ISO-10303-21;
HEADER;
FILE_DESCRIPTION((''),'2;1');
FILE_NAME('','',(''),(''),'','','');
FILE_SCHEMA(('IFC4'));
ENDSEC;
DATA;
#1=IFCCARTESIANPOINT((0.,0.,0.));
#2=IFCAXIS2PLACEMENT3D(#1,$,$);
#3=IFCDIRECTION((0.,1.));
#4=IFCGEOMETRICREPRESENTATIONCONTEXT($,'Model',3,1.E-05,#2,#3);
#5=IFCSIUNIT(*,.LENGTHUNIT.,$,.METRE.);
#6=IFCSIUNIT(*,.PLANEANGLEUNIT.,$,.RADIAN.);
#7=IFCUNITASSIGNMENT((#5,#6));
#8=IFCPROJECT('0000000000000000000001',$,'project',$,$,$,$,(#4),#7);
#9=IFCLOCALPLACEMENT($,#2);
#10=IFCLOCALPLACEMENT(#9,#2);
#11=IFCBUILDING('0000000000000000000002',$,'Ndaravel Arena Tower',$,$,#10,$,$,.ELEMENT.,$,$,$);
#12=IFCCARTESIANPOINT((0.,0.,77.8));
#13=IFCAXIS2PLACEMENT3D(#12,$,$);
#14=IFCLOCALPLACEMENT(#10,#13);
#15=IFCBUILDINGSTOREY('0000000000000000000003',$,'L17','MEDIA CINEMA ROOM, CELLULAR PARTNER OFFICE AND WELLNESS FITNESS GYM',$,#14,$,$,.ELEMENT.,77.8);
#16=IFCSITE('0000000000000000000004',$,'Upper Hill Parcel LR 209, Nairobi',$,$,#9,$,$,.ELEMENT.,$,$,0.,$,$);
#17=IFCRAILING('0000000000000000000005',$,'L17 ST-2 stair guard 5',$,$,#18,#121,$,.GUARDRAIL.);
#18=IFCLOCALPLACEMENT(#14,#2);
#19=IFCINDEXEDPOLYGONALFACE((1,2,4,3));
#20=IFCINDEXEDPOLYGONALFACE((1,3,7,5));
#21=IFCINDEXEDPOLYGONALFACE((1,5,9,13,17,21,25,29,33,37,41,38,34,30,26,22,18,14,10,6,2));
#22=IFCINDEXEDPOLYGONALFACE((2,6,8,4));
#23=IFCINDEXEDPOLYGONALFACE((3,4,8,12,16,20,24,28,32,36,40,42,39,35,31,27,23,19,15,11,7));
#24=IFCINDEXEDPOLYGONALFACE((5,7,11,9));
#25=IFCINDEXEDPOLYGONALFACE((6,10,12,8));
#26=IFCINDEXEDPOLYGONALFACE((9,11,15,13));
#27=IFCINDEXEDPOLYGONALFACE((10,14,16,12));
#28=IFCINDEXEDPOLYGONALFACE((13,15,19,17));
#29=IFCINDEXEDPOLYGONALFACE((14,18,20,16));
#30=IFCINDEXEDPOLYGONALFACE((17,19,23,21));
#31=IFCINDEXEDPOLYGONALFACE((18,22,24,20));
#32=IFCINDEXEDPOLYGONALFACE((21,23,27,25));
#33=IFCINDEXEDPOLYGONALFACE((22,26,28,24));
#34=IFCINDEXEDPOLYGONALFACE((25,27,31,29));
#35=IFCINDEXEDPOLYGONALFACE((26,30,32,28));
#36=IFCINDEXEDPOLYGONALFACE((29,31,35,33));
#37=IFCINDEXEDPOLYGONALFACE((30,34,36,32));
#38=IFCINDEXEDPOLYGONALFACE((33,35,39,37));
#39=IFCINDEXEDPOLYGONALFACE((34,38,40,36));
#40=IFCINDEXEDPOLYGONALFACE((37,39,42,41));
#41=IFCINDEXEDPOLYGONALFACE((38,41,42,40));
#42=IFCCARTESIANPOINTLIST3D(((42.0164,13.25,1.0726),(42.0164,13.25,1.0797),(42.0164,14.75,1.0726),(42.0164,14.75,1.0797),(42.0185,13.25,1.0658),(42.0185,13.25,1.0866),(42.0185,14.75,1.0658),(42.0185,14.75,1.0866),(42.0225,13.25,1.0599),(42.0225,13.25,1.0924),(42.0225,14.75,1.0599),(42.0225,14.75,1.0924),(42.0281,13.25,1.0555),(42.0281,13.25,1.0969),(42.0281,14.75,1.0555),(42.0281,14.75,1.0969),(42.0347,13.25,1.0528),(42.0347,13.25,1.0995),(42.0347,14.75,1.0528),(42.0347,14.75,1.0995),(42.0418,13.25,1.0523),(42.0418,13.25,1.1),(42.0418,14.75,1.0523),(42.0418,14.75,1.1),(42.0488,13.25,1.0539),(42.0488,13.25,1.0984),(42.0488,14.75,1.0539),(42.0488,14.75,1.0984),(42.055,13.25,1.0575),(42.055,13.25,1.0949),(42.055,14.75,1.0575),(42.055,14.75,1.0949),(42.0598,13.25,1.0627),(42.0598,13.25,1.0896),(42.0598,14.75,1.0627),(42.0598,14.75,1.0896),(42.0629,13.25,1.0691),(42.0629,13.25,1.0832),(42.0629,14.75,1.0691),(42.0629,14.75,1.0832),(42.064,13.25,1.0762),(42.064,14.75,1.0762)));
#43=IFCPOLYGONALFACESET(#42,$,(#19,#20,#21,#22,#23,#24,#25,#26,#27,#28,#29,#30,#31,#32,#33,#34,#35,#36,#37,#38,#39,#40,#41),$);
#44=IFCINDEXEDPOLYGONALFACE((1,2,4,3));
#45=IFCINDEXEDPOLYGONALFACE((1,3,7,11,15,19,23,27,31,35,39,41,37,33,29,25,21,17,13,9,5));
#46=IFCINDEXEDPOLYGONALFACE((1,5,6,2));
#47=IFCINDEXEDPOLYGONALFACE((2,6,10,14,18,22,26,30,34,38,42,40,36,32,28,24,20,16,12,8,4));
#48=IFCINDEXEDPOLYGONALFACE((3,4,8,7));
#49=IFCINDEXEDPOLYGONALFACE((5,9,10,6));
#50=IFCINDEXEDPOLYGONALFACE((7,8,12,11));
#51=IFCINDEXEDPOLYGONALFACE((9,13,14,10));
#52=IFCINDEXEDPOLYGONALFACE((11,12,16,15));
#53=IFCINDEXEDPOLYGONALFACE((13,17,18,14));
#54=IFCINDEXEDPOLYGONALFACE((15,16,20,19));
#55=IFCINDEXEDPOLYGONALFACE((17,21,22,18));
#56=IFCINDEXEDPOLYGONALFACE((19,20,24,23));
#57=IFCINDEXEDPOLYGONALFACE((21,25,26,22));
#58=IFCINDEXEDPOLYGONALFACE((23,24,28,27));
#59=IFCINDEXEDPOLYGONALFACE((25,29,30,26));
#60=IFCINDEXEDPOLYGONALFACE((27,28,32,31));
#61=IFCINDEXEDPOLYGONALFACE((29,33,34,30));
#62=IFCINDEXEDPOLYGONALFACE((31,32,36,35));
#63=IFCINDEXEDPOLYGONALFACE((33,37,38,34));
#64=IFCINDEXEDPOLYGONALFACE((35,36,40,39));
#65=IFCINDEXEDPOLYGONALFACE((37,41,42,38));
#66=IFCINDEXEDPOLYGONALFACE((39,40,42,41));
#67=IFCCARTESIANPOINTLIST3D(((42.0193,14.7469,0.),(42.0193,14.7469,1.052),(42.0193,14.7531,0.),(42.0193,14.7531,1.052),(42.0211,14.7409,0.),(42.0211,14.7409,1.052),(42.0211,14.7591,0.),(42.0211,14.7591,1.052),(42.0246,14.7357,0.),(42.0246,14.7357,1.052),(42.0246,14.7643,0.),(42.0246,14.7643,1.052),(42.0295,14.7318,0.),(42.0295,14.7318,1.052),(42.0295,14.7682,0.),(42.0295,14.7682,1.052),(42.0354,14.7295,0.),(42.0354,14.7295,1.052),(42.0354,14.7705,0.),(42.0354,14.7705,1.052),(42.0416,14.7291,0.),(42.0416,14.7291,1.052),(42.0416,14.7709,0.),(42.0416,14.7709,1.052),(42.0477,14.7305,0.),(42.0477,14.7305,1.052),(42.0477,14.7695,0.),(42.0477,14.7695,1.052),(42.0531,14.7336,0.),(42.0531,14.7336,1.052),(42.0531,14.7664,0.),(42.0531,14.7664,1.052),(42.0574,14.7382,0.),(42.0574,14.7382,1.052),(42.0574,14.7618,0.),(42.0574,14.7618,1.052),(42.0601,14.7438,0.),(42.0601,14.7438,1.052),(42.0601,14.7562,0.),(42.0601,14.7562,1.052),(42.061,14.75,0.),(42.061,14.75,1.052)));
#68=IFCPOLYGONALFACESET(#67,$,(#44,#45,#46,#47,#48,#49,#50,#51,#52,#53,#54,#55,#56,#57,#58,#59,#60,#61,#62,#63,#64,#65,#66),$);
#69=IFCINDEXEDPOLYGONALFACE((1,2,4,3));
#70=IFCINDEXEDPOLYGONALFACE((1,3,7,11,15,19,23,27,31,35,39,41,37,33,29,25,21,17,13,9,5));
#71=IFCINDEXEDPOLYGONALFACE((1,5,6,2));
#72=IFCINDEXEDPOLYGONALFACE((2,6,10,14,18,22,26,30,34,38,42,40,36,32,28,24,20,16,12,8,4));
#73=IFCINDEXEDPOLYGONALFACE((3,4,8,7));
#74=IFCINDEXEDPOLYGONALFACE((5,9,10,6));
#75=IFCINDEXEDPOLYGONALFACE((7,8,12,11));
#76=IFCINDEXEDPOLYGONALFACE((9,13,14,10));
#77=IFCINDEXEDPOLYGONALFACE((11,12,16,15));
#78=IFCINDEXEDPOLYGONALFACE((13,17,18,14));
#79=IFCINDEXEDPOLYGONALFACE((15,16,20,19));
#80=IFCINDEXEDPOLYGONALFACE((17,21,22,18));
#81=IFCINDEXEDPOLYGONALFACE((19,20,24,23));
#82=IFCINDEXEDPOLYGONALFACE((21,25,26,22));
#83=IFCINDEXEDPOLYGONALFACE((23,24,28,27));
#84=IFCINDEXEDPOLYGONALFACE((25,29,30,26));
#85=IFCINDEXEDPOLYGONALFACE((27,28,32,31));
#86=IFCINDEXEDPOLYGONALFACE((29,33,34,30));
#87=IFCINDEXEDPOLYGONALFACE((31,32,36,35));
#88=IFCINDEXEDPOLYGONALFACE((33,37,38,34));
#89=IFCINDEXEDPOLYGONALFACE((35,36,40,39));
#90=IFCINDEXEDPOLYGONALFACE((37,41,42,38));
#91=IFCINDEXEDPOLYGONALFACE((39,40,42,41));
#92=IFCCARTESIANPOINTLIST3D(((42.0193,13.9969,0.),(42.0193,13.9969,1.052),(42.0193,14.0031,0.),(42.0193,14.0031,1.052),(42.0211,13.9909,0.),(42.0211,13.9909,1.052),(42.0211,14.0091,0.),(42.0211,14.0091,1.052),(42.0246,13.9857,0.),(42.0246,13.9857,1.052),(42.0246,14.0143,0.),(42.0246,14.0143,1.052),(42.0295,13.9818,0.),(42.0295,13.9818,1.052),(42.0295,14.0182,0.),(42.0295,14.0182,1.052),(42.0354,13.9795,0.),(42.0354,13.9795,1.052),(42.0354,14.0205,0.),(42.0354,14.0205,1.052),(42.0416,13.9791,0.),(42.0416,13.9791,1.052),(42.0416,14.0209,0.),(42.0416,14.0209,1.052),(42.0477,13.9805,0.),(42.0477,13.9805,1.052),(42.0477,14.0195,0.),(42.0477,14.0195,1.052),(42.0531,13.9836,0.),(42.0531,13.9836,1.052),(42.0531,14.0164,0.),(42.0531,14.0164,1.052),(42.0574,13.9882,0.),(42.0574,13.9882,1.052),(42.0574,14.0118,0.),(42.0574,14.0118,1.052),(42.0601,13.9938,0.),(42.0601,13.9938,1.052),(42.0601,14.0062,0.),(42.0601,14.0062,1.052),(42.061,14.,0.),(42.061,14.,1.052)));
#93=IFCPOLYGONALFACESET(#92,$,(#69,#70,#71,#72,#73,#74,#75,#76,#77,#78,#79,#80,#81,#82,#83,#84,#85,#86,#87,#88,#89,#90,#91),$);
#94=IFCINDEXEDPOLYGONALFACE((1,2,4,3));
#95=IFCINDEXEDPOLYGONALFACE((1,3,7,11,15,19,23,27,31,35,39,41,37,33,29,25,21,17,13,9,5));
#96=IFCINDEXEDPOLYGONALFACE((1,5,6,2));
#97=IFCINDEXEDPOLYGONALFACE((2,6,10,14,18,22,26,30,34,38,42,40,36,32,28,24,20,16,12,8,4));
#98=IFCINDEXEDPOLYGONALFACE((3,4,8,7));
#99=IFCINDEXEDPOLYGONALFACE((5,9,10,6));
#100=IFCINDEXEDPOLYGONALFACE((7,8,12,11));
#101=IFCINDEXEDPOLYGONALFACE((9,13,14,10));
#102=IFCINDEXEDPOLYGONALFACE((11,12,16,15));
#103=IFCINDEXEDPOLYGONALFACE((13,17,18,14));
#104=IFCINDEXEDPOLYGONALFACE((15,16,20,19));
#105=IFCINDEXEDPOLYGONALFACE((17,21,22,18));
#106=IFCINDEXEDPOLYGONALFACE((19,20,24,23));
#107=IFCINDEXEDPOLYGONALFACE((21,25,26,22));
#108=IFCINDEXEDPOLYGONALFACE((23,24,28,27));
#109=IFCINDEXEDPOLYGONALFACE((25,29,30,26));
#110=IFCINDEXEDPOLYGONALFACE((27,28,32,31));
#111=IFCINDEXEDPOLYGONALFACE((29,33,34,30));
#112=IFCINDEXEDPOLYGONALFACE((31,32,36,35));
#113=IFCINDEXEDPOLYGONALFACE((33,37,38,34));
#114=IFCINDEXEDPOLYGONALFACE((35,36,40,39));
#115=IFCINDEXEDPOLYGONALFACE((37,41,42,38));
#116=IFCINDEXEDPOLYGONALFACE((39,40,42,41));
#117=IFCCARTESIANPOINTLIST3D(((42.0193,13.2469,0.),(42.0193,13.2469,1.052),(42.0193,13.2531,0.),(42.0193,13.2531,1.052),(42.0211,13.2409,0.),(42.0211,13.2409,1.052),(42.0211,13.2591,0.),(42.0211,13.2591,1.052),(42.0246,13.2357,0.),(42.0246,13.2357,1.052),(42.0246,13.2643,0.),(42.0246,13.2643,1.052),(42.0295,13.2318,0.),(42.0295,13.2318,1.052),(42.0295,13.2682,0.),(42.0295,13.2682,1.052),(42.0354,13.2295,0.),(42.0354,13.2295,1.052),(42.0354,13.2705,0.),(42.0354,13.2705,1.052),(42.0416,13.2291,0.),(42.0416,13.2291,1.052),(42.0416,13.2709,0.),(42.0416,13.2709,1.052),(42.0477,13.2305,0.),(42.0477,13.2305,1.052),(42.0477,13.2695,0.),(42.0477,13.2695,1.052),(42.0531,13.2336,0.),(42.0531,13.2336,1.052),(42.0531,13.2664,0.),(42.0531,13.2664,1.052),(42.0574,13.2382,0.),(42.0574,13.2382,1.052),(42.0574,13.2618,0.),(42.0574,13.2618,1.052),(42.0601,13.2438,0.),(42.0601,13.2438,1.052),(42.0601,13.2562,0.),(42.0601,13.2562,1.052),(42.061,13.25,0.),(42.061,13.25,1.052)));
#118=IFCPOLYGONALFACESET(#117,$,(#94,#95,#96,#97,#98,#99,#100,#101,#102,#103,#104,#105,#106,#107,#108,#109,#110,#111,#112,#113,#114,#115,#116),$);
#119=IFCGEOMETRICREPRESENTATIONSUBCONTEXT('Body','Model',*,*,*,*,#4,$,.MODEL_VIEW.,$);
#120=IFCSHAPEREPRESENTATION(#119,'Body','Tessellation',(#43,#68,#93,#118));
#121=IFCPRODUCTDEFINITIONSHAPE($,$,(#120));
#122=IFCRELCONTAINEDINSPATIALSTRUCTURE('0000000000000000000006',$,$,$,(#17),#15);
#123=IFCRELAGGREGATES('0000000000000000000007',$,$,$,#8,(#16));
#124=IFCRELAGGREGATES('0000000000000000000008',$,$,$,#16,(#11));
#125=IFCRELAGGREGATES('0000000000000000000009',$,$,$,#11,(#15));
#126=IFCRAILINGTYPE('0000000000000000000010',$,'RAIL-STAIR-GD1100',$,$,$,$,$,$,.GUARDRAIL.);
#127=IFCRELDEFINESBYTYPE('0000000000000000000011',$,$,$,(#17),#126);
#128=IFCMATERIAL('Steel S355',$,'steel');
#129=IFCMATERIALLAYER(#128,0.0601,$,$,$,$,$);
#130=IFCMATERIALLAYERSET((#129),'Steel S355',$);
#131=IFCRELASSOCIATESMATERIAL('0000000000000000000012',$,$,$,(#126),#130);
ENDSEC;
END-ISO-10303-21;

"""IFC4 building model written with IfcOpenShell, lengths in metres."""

from ifc_helpers import new_model, si_unit, direction, frame, origin, origin_2d, place, context, subcontext, project, spatial, circle, extrude, material, layer, layer_set, type_object, element, save


model = new_model("IFC4")

# Units and contexts
model_context = context("Model", 3, precision=1e-05, world=origin(), true_north=direction((0.0, 1.0)))
body_context = subcontext(model_context, "Body", "Model", "MODEL_VIEW")
ifc_project = project(units=[si_unit("LENGTHUNIT", "METRE"), si_unit("PLANEANGLEUNIT", "RADIAN")], contexts=[model_context])

# Site, building, storey
site_placement = place(None, origin())
site = spatial("IfcSite", under=ifc_project, at=site_placement, Name="Upper Hill Parcel LR 209, Nairobi", CompositionType="ELEMENT", RefElevation=0.0)
building_placement = place(site_placement, origin())
building = spatial("IfcBuilding", under=site, at=building_placement, Name="Ndaravel Arena Tower", CompositionType="ELEMENT")
storey_placement = place(building_placement, frame((0.0, 0.0, 77.8)))
storey = spatial("IfcBuildingStorey", under=building, at=storey_placement, Name="L17", Description="MEDIA CINEMA ROOM, CELLULAR PARTNER OFFICE AND WELLNESS FITNESS GYM", CompositionType="ELEMENT", Elevation=77.8)

# Railing
ifc_material_1 = material(Name="Steel S355", Category="steel")
ifc_layer_1 = layer(ifc_material_1, 0.0601)
ifc_layer_set_1 = layer_set([ifc_layer_1], Name="Steel S355")
railing_type = type_object("IfcRailingType", Name="RAIL-STAIR-GD1100", PredefinedType="GUARDRAIL", material=ifc_layer_set_1)
for number, where, name in (
    (1, (42.04, 14.75, 0.0), "L17 ST-2 stair guard 5"),
):
    element("IfcRailing", number, at=place(storey_placement, frame(where)), inside=storey, type_object=railing_type, Name=name, PredefinedType="GUARDRAIL", context=body_context, shape_type="SweptSolid", body=[
        extrude(circle(Radius=0.0239, at=origin_2d()), frame((0.0, 0.0, 1.0762), z_axis=(0.0, -1.0, 0.0), x_axis=(1.0, 0.0, 0.0)), (0.0, 0.0, 1.0), 1.5),
        extrude(circle(Radius=0.021, at=origin_2d()), origin(), (0.0, 0.0, 1.0), 1.052),
        extrude(circle(Radius=0.021, at=origin_2d()), frame((0.0, -0.75, 0.0)), (0.0, 0.0, 1.0), 1.052),
        extrude(circle(Radius=0.021, at=origin_2d()), frame((0.0, -1.5, 0.0)), (0.0, 0.0, 1.0), 1.052),
    ])

save(model, "model.ifc")
